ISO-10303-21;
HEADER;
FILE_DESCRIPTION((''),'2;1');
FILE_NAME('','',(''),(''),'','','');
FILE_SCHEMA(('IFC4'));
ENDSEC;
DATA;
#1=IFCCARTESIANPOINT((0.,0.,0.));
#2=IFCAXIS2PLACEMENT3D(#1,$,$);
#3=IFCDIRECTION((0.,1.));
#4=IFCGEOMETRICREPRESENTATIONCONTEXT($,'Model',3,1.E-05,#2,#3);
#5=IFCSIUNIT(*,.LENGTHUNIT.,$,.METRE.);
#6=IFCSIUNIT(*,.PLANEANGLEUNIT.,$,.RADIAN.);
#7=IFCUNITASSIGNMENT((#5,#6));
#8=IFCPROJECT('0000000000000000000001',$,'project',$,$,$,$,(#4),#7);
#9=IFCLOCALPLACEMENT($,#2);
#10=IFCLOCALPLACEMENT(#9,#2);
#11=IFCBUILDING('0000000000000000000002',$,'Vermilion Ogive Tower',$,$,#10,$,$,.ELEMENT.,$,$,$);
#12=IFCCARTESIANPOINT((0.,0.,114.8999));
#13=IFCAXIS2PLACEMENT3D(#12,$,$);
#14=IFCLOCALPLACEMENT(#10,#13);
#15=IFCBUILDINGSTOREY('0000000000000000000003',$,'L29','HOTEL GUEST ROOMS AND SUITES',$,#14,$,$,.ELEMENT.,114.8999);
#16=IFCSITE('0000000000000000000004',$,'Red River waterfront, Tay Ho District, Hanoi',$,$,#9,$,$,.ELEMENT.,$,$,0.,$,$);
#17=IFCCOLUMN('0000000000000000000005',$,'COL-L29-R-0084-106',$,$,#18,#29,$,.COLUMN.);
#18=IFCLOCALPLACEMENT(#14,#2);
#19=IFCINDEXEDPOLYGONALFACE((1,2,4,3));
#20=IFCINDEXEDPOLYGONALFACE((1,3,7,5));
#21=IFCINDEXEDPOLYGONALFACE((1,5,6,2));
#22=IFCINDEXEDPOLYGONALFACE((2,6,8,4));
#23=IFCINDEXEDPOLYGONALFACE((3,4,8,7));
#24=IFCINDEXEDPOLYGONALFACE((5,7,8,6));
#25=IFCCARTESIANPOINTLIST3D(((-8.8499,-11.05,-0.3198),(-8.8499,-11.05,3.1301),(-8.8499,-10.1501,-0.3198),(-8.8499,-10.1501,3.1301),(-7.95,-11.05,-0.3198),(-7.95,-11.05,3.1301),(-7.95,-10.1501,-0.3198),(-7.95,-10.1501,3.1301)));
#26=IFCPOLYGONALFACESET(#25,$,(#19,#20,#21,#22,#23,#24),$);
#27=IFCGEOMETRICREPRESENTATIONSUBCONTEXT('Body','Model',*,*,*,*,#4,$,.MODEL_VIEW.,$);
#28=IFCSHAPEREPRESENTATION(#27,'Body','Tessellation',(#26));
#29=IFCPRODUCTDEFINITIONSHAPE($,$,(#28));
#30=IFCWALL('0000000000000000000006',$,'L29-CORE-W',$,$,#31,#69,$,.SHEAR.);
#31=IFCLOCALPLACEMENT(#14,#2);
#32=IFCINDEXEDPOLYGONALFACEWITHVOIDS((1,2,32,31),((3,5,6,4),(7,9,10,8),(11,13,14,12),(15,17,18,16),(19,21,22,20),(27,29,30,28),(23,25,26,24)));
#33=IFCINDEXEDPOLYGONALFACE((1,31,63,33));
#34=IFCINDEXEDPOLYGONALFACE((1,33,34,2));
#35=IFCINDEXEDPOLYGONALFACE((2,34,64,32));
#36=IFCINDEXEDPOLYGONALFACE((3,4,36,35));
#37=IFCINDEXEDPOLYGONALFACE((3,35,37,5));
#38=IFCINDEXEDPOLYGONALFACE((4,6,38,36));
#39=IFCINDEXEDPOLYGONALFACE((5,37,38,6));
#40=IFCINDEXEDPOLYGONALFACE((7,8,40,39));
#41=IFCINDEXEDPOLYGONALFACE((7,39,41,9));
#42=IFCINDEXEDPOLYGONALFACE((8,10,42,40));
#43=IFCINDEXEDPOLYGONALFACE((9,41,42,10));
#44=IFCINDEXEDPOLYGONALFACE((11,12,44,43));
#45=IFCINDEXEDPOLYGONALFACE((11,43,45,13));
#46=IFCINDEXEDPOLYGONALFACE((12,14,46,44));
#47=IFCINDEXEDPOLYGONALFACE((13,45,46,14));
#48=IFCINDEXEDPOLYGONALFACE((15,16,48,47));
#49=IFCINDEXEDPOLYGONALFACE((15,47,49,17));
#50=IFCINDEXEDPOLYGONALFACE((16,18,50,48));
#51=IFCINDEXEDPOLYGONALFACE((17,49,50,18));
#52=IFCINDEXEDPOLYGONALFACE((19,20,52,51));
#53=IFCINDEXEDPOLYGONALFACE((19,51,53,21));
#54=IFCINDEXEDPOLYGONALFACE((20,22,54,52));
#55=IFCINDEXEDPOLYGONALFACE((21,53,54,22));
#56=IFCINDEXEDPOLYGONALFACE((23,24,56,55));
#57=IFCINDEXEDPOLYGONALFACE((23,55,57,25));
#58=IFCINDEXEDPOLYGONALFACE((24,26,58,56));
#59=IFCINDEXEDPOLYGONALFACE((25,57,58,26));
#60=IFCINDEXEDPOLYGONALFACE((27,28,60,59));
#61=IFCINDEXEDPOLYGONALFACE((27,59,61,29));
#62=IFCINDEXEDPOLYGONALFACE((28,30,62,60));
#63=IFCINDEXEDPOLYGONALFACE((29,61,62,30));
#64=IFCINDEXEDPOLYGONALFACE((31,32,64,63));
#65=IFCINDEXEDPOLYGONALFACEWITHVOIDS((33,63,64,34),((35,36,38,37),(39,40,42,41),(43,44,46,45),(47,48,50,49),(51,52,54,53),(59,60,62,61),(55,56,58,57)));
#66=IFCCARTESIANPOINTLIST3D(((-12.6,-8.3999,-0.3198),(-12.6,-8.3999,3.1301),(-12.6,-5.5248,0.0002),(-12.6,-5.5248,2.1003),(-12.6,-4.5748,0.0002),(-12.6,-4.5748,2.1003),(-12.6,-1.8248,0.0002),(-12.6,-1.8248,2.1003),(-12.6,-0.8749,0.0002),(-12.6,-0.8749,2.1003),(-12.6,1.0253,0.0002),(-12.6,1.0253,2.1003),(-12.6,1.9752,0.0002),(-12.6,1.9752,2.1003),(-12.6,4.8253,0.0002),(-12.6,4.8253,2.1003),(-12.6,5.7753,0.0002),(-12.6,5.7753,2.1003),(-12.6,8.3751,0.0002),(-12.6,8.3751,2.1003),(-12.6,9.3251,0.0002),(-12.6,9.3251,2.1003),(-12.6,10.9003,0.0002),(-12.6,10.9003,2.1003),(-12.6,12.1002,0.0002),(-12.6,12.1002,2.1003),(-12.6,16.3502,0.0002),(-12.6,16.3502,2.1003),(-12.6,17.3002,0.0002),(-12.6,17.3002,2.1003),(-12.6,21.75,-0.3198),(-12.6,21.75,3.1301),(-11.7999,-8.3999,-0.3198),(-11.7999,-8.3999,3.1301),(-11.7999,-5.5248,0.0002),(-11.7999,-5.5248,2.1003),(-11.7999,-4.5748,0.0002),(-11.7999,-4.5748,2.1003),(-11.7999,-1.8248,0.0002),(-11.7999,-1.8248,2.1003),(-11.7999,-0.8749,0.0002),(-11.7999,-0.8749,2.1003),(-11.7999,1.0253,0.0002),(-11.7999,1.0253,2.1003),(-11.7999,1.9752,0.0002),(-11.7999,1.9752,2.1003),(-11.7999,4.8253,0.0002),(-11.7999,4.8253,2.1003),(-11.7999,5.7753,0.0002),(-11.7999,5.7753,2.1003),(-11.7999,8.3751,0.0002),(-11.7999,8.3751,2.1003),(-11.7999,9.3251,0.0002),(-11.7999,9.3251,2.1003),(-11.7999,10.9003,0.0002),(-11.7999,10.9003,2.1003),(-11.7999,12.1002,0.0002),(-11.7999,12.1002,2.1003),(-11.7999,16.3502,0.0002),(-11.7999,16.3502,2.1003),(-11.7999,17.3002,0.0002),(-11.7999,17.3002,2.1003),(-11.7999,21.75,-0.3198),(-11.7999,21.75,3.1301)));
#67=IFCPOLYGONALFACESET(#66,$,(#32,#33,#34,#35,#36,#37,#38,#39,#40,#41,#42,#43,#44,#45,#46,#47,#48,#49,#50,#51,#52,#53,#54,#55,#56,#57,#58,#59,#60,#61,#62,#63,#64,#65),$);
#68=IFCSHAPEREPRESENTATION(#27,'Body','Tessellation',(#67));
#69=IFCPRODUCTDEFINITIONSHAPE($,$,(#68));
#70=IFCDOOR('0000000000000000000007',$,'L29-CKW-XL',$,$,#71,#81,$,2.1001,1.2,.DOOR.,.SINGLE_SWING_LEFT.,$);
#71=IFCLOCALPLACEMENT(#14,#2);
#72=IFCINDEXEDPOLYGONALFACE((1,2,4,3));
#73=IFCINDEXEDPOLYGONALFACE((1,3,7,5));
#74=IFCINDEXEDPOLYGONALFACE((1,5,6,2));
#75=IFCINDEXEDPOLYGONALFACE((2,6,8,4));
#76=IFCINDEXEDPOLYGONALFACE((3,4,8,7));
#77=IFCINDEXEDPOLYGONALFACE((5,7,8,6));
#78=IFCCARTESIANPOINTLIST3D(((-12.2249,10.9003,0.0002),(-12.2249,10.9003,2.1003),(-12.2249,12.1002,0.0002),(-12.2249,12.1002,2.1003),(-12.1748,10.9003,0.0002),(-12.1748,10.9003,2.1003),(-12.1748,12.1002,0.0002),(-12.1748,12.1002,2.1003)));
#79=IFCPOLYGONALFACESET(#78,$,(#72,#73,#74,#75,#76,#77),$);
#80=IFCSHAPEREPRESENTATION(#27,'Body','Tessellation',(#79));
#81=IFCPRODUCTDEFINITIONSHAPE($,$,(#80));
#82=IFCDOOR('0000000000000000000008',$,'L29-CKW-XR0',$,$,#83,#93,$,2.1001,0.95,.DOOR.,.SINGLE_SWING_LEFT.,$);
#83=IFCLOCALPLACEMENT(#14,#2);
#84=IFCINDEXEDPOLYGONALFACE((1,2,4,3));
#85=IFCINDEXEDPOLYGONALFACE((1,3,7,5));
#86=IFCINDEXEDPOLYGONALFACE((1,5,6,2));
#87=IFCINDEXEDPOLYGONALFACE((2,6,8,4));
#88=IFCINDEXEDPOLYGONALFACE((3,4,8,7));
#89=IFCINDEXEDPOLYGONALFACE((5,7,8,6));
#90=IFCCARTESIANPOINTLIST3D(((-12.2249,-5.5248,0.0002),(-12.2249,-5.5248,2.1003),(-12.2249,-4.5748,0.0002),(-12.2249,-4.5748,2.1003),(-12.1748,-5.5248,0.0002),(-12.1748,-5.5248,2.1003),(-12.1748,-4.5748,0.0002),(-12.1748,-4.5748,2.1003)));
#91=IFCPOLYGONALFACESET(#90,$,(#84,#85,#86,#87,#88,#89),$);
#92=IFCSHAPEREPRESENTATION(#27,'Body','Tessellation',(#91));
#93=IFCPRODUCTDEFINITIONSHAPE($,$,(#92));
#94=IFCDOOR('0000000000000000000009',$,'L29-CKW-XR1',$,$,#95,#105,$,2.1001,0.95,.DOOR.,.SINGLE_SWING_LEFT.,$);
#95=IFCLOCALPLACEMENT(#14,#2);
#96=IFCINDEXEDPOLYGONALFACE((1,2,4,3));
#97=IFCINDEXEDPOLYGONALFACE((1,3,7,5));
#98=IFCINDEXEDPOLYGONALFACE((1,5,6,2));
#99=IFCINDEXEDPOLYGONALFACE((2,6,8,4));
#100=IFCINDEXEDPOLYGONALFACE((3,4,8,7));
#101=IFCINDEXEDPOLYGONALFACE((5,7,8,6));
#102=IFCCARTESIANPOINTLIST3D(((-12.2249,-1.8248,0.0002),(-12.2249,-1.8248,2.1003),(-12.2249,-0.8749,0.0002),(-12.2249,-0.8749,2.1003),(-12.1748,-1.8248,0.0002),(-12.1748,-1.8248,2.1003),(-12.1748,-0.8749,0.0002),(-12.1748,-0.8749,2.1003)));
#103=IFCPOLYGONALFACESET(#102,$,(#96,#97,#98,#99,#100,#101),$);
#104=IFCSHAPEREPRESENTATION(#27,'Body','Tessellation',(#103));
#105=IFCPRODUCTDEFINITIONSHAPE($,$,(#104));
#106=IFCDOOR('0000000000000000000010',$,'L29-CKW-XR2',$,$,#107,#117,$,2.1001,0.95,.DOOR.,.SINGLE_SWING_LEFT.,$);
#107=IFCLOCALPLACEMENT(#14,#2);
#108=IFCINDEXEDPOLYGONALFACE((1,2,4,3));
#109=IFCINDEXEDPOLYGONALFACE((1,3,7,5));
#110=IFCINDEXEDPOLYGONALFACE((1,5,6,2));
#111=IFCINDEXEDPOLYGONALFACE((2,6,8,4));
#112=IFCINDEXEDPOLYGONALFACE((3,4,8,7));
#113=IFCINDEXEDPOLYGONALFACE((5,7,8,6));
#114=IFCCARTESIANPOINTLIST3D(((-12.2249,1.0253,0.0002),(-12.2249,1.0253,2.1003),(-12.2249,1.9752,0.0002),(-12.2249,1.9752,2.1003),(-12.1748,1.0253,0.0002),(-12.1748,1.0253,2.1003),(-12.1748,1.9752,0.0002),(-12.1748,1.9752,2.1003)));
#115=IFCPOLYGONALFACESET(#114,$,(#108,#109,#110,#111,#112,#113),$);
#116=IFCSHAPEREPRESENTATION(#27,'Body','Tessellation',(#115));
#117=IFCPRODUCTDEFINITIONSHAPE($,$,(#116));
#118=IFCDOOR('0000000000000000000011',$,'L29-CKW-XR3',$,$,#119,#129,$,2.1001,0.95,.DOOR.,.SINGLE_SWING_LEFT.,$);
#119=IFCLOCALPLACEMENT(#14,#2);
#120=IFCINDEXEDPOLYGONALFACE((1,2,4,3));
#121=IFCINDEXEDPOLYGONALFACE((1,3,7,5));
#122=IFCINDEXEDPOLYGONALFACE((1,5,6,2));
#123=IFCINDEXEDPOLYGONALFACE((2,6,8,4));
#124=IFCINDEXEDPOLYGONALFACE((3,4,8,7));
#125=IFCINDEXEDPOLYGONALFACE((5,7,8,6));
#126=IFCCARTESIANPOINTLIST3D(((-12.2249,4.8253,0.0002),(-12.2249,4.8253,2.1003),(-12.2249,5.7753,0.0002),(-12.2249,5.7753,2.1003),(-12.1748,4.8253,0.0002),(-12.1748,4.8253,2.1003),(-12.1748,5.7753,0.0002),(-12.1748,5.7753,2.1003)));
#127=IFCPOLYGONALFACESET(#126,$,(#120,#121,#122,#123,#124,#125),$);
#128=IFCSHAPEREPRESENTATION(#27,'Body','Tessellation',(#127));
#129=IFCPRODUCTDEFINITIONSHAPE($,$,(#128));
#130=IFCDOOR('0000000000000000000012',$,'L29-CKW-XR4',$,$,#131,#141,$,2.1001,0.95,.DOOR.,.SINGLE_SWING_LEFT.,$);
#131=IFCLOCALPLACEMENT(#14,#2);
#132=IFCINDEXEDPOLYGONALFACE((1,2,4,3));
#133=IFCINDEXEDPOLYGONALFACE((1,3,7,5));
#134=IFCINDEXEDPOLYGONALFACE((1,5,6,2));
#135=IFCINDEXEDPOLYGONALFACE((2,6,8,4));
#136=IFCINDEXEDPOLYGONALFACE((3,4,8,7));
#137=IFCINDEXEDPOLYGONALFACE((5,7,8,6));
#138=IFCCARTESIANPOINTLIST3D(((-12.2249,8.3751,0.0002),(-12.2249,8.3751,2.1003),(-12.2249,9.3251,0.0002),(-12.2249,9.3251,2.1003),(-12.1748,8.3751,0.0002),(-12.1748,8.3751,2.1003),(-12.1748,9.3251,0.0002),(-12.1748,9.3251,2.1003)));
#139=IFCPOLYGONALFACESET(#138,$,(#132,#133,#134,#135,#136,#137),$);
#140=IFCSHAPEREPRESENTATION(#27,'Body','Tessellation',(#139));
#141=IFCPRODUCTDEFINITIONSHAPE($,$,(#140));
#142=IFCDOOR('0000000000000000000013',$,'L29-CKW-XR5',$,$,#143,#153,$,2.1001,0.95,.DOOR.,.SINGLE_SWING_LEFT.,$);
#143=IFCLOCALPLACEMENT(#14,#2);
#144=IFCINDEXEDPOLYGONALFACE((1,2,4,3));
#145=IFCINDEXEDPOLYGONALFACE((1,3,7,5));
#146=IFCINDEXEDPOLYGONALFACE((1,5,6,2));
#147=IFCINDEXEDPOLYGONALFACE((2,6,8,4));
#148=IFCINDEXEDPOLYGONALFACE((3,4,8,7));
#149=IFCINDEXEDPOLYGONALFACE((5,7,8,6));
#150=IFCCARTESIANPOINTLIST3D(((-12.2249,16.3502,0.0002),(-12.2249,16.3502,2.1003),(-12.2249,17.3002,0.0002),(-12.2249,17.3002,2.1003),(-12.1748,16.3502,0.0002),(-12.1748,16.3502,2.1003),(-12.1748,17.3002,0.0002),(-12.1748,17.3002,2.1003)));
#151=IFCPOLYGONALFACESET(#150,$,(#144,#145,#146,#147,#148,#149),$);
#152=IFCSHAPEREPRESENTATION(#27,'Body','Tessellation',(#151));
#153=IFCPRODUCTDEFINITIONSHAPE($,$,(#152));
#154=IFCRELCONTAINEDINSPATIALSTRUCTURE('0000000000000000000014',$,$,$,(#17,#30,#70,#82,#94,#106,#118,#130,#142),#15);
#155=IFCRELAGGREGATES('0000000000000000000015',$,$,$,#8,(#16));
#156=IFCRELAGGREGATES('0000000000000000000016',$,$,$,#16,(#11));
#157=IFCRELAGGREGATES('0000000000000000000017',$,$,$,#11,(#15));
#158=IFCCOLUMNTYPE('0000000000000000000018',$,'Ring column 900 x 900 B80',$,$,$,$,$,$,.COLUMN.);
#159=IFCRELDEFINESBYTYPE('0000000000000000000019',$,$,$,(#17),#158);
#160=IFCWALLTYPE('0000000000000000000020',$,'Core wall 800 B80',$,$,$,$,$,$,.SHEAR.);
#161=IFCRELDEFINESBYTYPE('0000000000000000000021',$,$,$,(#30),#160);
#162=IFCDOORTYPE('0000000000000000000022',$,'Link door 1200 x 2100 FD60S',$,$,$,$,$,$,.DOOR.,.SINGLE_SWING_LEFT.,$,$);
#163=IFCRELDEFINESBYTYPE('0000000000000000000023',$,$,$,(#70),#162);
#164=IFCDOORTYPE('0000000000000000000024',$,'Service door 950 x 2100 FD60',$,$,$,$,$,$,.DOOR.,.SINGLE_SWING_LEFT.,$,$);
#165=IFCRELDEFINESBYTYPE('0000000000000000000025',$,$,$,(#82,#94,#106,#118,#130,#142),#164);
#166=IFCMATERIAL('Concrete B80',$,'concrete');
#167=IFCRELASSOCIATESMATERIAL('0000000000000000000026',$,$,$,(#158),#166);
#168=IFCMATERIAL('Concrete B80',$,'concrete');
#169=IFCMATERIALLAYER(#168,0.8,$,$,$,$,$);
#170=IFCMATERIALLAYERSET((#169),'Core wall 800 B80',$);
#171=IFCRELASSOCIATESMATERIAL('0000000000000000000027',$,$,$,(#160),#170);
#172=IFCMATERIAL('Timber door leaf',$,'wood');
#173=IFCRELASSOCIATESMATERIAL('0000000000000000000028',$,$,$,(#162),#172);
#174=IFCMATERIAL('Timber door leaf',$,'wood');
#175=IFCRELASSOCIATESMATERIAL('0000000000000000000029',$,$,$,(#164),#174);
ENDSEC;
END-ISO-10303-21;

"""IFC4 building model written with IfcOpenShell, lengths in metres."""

from ifc_helpers import new_model, si_unit, direction, frame, frame_2d, origin, origin_2d, place, context, subcontext, project, spatial, rectangle, extrude, material, layer, layer_set, material_profile, profile_set, type_object, element, fill, save


model = new_model("IFC4")

# Units and contexts
model_context = context("Model", 3, precision=1e-05, world=origin(), true_north=direction((0.0, 1.0)))
body_context = subcontext(model_context, "Body", "Model", "MODEL_VIEW")
ifc_project = project(units=[si_unit("LENGTHUNIT", "METRE"), si_unit("PLANEANGLEUNIT", "RADIAN")], contexts=[model_context])

# Site, building, storey
site_placement = place(None, origin())
site = spatial("IfcSite", under=ifc_project, at=site_placement, Name="Red River waterfront, Tay Ho District, Hanoi", CompositionType="ELEMENT", RefElevation=0.0)
building_placement = place(site_placement, origin())
building = spatial("IfcBuilding", under=site, at=building_placement, Name="Vermilion Ogive Tower", CompositionType="ELEMENT")
storey_placement = place(building_placement, frame((0.0, 0.0, 114.8999)))
storey = spatial("IfcBuildingStorey", under=building, at=storey_placement, Name="L29", Description="HOTEL GUEST ROOMS AND SUITES", CompositionType="ELEMENT", Elevation=114.8999)

# Column
ifc_material_1 = material(Name="Concrete B80", Category="concrete")
ifc_material_profile = material_profile(ifc_material_1, rectangle(XDim=0.8999, YDim=0.8999, at=origin_2d()), Name="900 x 900")
ifc_profile_set = profile_set([ifc_material_profile], Name="Concrete B80")
column_type = type_object("IfcColumnType", Name="Ring column 900 x 900 B80", PredefinedType="COLUMN", material=ifc_profile_set)
column_placement = place(storey_placement, frame((-8.3999, -10.6001, -0.3198), z_axis=(0.0, 0.0, 1.0), x_axis=(1.0, 0.0, 0.0)))
element("IfcColumn", 1, at=column_placement, inside=storey, type_object=column_type, Name="COL-L29-R-0084-106", PredefinedType="COLUMN", context=body_context, shape_type="SweptSolid", body=[
    extrude(rectangle(XDim=0.8999, YDim=0.8999, at=origin_2d()), origin(), (0.0, 0.0, 1.0), 3.45),
])

# Wall, openings, doors
ifc_material_2 = material(Name="Concrete B80", Category="concrete")
ifc_layer_1 = layer(ifc_material_2, 0.8)
ifc_layer_set_1 = layer_set([ifc_layer_1], Name="Core wall 800 B80")
wall_type_1 = type_object("IfcWallType", Name="Core wall 800 B80", PredefinedType="SHEAR", material=ifc_layer_set_1)
wall_1_placement = place(storey_placement, frame((-12.2, -8.3999, -0.3198), z_axis=(0.0, 0.0, 1.0), x_axis=(0.0, 1.0, 0.0)))
wall_1 = element("IfcWall", 2, at=wall_1_placement, inside=storey, type_object=wall_type_1, Name="L29-CORE-W", PredefinedType="SHEAR", context=body_context, shape_type="SweptSolid", body=[
    extrude(rectangle(XDim=30.1499, YDim=0.8, at=frame_2d((15.075, 0.0))), origin(), (0.0, 0.0, 1.0), 3.45),
])
opening_1_placement = place(wall_1_placement, frame((2.875, 0.0, 0.3201)))
opening_1 = element("IfcOpeningElement", 3, at=opening_1_placement, cuts=wall_1, PredefinedType="OPENING", context=body_context, shape_type="SweptSolid", body=[
    extrude(rectangle(XDim=0.95, YDim=2.1001, at=frame_2d((0.4751, 1.05))), frame((0.0, 0.4099, 0.0), z_axis=(0.0, -1.0, 0.0), x_axis=(1.0, 0.0, 0.0)), (0.0, 0.0, 1.0), 0.8201),
])
opening_2_placement = place(wall_1_placement, frame((6.575, 0.0, 0.3201)))
opening_2 = element("IfcOpeningElement", 4, at=opening_2_placement, cuts=wall_1, PredefinedType="OPENING", context=body_context, shape_type="SweptSolid", body=[
    extrude(rectangle(XDim=0.95, YDim=2.1001, at=frame_2d((0.4751, 1.05))), frame((0.0, 0.4099, 0.0), z_axis=(0.0, -1.0, 0.0), x_axis=(1.0, 0.0, 0.0)), (0.0, 0.0, 1.0), 0.8201),
])
opening_3_placement = place(wall_1_placement, frame((9.425, 0.0, 0.3201)))
opening_3 = element("IfcOpeningElement", 5, at=opening_3_placement, cuts=wall_1, PredefinedType="OPENING", context=body_context, shape_type="SweptSolid", body=[
    extrude(rectangle(XDim=0.95, YDim=2.1001, at=frame_2d((0.4751, 1.05))), frame((0.0, 0.4099, 0.0), z_axis=(0.0, -1.0, 0.0), x_axis=(1.0, 0.0, 0.0)), (0.0, 0.0, 1.0), 0.8201),
])
opening_4_placement = place(wall_1_placement, frame((13.2251, 0.0, 0.3201)))
opening_4 = element("IfcOpeningElement", 6, at=opening_4_placement, cuts=wall_1, PredefinedType="OPENING", context=body_context, shape_type="SweptSolid", body=[
    extrude(rectangle(XDim=0.95, YDim=2.1001, at=frame_2d((0.4751, 1.05))), frame((0.0, 0.4099, 0.0), z_axis=(0.0, -1.0, 0.0), x_axis=(1.0, 0.0, 0.0)), (0.0, 0.0, 1.0), 0.8201),
])
opening_5_placement = place(wall_1_placement, frame((16.7749, 0.0, 0.3201)))
opening_5 = element("IfcOpeningElement", 7, at=opening_5_placement, cuts=wall_1, PredefinedType="OPENING", context=body_context, shape_type="SweptSolid", body=[
    extrude(rectangle(XDim=0.95, YDim=2.1001, at=frame_2d((0.4751, 1.05))), frame((0.0, 0.4099, 0.0), z_axis=(0.0, -1.0, 0.0), x_axis=(1.0, 0.0, 0.0)), (0.0, 0.0, 1.0), 0.8201),
])
opening_6_placement = place(wall_1_placement, frame((24.75, 0.0, 0.3201)))
opening_6 = element("IfcOpeningElement", 8, at=opening_6_placement, cuts=wall_1, PredefinedType="OPENING", context=body_context, shape_type="SweptSolid", body=[
    extrude(rectangle(XDim=0.95, YDim=2.1001, at=frame_2d((0.4751, 1.05))), frame((0.0, 0.4099, 0.0), z_axis=(0.0, -1.0, 0.0), x_axis=(1.0, 0.0, 0.0)), (0.0, 0.0, 1.0), 0.8201),
])
opening_7_placement = place(wall_1_placement, frame((19.3, 0.0, 0.3201)))
opening_7 = element("IfcOpeningElement", 9, at=opening_7_placement, cuts=wall_1, PredefinedType="OPENING", context=body_context, shape_type="SweptSolid", body=[
    extrude(rectangle(XDim=1.2, YDim=2.1001, at=frame_2d((0.6001, 1.05))), frame((0.0, 0.4099, 0.0), z_axis=(0.0, -1.0, 0.0), x_axis=(1.0, 0.0, 0.0)), (0.0, 0.0, 1.0), 0.8201),
])
ifc_material_3 = material(Name="Timber door leaf", Category="wood")
door_type_1 = type_object("IfcDoorType", Name="Link door 1200 x 2100 FD60S", OperationType="SINGLE_SWING_LEFT", PredefinedType="DOOR", material=ifc_material_3)
door_1_placement = place(opening_7_placement, origin())
door_1 = element("IfcDoor", 10, at=door_1_placement, inside=storey, type_object=door_type_1, Name="L29-CKW-XL", OperationType="SINGLE_SWING_LEFT", OverallHeight=2.1001, OverallWidth=1.2, PredefinedType="DOOR", context=body_context, shape_type="SweptSolid", body=[
    extrude(rectangle(XDim=1.2, YDim=2.1001, at=frame_2d((0.6001, 1.05))), frame((0.0, 0.0249, 0.0), z_axis=(0.0, -1.0, 0.0), x_axis=(1.0, 0.0, 0.0)), (0.0, 0.0, 1.0), 0.05),
])
fill(opening_7, door_1)
ifc_material_4 = material(Name="Timber door leaf", Category="wood")
door_type_2 = type_object("IfcDoorType", Name="Service door 950 x 2100 FD60", OperationType="SINGLE_SWING_LEFT", PredefinedType="DOOR", material=ifc_material_4)
door_2_placement = place(opening_1_placement, origin())
door_2 = element("IfcDoor", 11, at=door_2_placement, inside=storey, type_object=door_type_2, Name="L29-CKW-XR0", OperationType="SINGLE_SWING_LEFT", OverallHeight=2.1001, OverallWidth=0.95, PredefinedType="DOOR", context=body_context, shape_type="SweptSolid", body=[
    extrude(rectangle(XDim=0.95, YDim=2.1001, at=frame_2d((0.4751, 1.05))), frame((0.0, 0.0249, 0.0), z_axis=(0.0, -1.0, 0.0), x_axis=(1.0, 0.0, 0.0)), (0.0, 0.0, 1.0), 0.05),
])
fill(opening_1, door_2)
door_3_placement = place(opening_2_placement, origin())
door_3 = element("IfcDoor", 12, at=door_3_placement, inside=storey, type_object=door_type_2, Name="L29-CKW-XR1", OperationType="SINGLE_SWING_LEFT", OverallHeight=2.1001, OverallWidth=0.95, PredefinedType="DOOR", context=body_context, shape_type="SweptSolid", body=[
    extrude(rectangle(XDim=0.95, YDim=2.1001, at=frame_2d((0.4751, 1.05))), frame((0.0, 0.0249, 0.0), z_axis=(0.0, -1.0, 0.0), x_axis=(1.0, 0.0, 0.0)), (0.0, 0.0, 1.0), 0.05),
])
fill(opening_2, door_3)
door_4_placement = place(opening_3_placement, origin())
door_4 = element("IfcDoor", 13, at=door_4_placement, inside=storey, type_object=door_type_2, Name="L29-CKW-XR2", OperationType="SINGLE_SWING_LEFT", OverallHeight=2.1001, OverallWidth=0.95, PredefinedType="DOOR", context=body_context, shape_type="SweptSolid", body=[
    extrude(rectangle(XDim=0.95, YDim=2.1001, at=frame_2d((0.4751, 1.05))), frame((0.0, 0.0249, 0.0), z_axis=(0.0, -1.0, 0.0), x_axis=(1.0, 0.0, 0.0)), (0.0, 0.0, 1.0), 0.05),
])
fill(opening_3, door_4)
door_5_placement = place(opening_4_placement, origin())
door_5 = element("IfcDoor", 14, at=door_5_placement, inside=storey, type_object=door_type_2, Name="L29-CKW-XR3", OperationType="SINGLE_SWING_LEFT", OverallHeight=2.1001, OverallWidth=0.95, PredefinedType="DOOR", context=body_context, shape_type="SweptSolid", body=[
    extrude(rectangle(XDim=0.95, YDim=2.1001, at=frame_2d((0.4751, 1.05))), frame((0.0, 0.0249, 0.0), z_axis=(0.0, -1.0, 0.0), x_axis=(1.0, 0.0, 0.0)), (0.0, 0.0, 1.0), 0.05),
])
fill(opening_4, door_5)
door_6_placement = place(opening_5_placement, origin())
door_6 = element("IfcDoor", 15, at=door_6_placement, inside=storey, type_object=door_type_2, Name="L29-CKW-XR4", OperationType="SINGLE_SWING_LEFT", OverallHeight=2.1001, OverallWidth=0.95, PredefinedType="DOOR", context=body_context, shape_type="SweptSolid", body=[
    extrude(rectangle(XDim=0.95, YDim=2.1001, at=frame_2d((0.4751, 1.05))), frame((0.0, 0.0249, 0.0), z_axis=(0.0, -1.0, 0.0), x_axis=(1.0, 0.0, 0.0)), (0.0, 0.0, 1.0), 0.05),
])
fill(opening_5, door_6)
door_7_placement = place(opening_6_placement, origin())
door_7 = element("IfcDoor", 16, at=door_7_placement, inside=storey, type_object=door_type_2, Name="L29-CKW-XR5", OperationType="SINGLE_SWING_LEFT", OverallHeight=2.1001, OverallWidth=0.95, PredefinedType="DOOR", context=body_context, shape_type="SweptSolid", body=[
    extrude(rectangle(XDim=0.95, YDim=2.1001, at=frame_2d((0.4751, 1.05))), frame((0.0, 0.0249, 0.0), z_axis=(0.0, -1.0, 0.0), x_axis=(1.0, 0.0, 0.0)), (0.0, 0.0, 1.0), 0.05),
])
fill(opening_6, door_7)

save(model, "model.ifc")
